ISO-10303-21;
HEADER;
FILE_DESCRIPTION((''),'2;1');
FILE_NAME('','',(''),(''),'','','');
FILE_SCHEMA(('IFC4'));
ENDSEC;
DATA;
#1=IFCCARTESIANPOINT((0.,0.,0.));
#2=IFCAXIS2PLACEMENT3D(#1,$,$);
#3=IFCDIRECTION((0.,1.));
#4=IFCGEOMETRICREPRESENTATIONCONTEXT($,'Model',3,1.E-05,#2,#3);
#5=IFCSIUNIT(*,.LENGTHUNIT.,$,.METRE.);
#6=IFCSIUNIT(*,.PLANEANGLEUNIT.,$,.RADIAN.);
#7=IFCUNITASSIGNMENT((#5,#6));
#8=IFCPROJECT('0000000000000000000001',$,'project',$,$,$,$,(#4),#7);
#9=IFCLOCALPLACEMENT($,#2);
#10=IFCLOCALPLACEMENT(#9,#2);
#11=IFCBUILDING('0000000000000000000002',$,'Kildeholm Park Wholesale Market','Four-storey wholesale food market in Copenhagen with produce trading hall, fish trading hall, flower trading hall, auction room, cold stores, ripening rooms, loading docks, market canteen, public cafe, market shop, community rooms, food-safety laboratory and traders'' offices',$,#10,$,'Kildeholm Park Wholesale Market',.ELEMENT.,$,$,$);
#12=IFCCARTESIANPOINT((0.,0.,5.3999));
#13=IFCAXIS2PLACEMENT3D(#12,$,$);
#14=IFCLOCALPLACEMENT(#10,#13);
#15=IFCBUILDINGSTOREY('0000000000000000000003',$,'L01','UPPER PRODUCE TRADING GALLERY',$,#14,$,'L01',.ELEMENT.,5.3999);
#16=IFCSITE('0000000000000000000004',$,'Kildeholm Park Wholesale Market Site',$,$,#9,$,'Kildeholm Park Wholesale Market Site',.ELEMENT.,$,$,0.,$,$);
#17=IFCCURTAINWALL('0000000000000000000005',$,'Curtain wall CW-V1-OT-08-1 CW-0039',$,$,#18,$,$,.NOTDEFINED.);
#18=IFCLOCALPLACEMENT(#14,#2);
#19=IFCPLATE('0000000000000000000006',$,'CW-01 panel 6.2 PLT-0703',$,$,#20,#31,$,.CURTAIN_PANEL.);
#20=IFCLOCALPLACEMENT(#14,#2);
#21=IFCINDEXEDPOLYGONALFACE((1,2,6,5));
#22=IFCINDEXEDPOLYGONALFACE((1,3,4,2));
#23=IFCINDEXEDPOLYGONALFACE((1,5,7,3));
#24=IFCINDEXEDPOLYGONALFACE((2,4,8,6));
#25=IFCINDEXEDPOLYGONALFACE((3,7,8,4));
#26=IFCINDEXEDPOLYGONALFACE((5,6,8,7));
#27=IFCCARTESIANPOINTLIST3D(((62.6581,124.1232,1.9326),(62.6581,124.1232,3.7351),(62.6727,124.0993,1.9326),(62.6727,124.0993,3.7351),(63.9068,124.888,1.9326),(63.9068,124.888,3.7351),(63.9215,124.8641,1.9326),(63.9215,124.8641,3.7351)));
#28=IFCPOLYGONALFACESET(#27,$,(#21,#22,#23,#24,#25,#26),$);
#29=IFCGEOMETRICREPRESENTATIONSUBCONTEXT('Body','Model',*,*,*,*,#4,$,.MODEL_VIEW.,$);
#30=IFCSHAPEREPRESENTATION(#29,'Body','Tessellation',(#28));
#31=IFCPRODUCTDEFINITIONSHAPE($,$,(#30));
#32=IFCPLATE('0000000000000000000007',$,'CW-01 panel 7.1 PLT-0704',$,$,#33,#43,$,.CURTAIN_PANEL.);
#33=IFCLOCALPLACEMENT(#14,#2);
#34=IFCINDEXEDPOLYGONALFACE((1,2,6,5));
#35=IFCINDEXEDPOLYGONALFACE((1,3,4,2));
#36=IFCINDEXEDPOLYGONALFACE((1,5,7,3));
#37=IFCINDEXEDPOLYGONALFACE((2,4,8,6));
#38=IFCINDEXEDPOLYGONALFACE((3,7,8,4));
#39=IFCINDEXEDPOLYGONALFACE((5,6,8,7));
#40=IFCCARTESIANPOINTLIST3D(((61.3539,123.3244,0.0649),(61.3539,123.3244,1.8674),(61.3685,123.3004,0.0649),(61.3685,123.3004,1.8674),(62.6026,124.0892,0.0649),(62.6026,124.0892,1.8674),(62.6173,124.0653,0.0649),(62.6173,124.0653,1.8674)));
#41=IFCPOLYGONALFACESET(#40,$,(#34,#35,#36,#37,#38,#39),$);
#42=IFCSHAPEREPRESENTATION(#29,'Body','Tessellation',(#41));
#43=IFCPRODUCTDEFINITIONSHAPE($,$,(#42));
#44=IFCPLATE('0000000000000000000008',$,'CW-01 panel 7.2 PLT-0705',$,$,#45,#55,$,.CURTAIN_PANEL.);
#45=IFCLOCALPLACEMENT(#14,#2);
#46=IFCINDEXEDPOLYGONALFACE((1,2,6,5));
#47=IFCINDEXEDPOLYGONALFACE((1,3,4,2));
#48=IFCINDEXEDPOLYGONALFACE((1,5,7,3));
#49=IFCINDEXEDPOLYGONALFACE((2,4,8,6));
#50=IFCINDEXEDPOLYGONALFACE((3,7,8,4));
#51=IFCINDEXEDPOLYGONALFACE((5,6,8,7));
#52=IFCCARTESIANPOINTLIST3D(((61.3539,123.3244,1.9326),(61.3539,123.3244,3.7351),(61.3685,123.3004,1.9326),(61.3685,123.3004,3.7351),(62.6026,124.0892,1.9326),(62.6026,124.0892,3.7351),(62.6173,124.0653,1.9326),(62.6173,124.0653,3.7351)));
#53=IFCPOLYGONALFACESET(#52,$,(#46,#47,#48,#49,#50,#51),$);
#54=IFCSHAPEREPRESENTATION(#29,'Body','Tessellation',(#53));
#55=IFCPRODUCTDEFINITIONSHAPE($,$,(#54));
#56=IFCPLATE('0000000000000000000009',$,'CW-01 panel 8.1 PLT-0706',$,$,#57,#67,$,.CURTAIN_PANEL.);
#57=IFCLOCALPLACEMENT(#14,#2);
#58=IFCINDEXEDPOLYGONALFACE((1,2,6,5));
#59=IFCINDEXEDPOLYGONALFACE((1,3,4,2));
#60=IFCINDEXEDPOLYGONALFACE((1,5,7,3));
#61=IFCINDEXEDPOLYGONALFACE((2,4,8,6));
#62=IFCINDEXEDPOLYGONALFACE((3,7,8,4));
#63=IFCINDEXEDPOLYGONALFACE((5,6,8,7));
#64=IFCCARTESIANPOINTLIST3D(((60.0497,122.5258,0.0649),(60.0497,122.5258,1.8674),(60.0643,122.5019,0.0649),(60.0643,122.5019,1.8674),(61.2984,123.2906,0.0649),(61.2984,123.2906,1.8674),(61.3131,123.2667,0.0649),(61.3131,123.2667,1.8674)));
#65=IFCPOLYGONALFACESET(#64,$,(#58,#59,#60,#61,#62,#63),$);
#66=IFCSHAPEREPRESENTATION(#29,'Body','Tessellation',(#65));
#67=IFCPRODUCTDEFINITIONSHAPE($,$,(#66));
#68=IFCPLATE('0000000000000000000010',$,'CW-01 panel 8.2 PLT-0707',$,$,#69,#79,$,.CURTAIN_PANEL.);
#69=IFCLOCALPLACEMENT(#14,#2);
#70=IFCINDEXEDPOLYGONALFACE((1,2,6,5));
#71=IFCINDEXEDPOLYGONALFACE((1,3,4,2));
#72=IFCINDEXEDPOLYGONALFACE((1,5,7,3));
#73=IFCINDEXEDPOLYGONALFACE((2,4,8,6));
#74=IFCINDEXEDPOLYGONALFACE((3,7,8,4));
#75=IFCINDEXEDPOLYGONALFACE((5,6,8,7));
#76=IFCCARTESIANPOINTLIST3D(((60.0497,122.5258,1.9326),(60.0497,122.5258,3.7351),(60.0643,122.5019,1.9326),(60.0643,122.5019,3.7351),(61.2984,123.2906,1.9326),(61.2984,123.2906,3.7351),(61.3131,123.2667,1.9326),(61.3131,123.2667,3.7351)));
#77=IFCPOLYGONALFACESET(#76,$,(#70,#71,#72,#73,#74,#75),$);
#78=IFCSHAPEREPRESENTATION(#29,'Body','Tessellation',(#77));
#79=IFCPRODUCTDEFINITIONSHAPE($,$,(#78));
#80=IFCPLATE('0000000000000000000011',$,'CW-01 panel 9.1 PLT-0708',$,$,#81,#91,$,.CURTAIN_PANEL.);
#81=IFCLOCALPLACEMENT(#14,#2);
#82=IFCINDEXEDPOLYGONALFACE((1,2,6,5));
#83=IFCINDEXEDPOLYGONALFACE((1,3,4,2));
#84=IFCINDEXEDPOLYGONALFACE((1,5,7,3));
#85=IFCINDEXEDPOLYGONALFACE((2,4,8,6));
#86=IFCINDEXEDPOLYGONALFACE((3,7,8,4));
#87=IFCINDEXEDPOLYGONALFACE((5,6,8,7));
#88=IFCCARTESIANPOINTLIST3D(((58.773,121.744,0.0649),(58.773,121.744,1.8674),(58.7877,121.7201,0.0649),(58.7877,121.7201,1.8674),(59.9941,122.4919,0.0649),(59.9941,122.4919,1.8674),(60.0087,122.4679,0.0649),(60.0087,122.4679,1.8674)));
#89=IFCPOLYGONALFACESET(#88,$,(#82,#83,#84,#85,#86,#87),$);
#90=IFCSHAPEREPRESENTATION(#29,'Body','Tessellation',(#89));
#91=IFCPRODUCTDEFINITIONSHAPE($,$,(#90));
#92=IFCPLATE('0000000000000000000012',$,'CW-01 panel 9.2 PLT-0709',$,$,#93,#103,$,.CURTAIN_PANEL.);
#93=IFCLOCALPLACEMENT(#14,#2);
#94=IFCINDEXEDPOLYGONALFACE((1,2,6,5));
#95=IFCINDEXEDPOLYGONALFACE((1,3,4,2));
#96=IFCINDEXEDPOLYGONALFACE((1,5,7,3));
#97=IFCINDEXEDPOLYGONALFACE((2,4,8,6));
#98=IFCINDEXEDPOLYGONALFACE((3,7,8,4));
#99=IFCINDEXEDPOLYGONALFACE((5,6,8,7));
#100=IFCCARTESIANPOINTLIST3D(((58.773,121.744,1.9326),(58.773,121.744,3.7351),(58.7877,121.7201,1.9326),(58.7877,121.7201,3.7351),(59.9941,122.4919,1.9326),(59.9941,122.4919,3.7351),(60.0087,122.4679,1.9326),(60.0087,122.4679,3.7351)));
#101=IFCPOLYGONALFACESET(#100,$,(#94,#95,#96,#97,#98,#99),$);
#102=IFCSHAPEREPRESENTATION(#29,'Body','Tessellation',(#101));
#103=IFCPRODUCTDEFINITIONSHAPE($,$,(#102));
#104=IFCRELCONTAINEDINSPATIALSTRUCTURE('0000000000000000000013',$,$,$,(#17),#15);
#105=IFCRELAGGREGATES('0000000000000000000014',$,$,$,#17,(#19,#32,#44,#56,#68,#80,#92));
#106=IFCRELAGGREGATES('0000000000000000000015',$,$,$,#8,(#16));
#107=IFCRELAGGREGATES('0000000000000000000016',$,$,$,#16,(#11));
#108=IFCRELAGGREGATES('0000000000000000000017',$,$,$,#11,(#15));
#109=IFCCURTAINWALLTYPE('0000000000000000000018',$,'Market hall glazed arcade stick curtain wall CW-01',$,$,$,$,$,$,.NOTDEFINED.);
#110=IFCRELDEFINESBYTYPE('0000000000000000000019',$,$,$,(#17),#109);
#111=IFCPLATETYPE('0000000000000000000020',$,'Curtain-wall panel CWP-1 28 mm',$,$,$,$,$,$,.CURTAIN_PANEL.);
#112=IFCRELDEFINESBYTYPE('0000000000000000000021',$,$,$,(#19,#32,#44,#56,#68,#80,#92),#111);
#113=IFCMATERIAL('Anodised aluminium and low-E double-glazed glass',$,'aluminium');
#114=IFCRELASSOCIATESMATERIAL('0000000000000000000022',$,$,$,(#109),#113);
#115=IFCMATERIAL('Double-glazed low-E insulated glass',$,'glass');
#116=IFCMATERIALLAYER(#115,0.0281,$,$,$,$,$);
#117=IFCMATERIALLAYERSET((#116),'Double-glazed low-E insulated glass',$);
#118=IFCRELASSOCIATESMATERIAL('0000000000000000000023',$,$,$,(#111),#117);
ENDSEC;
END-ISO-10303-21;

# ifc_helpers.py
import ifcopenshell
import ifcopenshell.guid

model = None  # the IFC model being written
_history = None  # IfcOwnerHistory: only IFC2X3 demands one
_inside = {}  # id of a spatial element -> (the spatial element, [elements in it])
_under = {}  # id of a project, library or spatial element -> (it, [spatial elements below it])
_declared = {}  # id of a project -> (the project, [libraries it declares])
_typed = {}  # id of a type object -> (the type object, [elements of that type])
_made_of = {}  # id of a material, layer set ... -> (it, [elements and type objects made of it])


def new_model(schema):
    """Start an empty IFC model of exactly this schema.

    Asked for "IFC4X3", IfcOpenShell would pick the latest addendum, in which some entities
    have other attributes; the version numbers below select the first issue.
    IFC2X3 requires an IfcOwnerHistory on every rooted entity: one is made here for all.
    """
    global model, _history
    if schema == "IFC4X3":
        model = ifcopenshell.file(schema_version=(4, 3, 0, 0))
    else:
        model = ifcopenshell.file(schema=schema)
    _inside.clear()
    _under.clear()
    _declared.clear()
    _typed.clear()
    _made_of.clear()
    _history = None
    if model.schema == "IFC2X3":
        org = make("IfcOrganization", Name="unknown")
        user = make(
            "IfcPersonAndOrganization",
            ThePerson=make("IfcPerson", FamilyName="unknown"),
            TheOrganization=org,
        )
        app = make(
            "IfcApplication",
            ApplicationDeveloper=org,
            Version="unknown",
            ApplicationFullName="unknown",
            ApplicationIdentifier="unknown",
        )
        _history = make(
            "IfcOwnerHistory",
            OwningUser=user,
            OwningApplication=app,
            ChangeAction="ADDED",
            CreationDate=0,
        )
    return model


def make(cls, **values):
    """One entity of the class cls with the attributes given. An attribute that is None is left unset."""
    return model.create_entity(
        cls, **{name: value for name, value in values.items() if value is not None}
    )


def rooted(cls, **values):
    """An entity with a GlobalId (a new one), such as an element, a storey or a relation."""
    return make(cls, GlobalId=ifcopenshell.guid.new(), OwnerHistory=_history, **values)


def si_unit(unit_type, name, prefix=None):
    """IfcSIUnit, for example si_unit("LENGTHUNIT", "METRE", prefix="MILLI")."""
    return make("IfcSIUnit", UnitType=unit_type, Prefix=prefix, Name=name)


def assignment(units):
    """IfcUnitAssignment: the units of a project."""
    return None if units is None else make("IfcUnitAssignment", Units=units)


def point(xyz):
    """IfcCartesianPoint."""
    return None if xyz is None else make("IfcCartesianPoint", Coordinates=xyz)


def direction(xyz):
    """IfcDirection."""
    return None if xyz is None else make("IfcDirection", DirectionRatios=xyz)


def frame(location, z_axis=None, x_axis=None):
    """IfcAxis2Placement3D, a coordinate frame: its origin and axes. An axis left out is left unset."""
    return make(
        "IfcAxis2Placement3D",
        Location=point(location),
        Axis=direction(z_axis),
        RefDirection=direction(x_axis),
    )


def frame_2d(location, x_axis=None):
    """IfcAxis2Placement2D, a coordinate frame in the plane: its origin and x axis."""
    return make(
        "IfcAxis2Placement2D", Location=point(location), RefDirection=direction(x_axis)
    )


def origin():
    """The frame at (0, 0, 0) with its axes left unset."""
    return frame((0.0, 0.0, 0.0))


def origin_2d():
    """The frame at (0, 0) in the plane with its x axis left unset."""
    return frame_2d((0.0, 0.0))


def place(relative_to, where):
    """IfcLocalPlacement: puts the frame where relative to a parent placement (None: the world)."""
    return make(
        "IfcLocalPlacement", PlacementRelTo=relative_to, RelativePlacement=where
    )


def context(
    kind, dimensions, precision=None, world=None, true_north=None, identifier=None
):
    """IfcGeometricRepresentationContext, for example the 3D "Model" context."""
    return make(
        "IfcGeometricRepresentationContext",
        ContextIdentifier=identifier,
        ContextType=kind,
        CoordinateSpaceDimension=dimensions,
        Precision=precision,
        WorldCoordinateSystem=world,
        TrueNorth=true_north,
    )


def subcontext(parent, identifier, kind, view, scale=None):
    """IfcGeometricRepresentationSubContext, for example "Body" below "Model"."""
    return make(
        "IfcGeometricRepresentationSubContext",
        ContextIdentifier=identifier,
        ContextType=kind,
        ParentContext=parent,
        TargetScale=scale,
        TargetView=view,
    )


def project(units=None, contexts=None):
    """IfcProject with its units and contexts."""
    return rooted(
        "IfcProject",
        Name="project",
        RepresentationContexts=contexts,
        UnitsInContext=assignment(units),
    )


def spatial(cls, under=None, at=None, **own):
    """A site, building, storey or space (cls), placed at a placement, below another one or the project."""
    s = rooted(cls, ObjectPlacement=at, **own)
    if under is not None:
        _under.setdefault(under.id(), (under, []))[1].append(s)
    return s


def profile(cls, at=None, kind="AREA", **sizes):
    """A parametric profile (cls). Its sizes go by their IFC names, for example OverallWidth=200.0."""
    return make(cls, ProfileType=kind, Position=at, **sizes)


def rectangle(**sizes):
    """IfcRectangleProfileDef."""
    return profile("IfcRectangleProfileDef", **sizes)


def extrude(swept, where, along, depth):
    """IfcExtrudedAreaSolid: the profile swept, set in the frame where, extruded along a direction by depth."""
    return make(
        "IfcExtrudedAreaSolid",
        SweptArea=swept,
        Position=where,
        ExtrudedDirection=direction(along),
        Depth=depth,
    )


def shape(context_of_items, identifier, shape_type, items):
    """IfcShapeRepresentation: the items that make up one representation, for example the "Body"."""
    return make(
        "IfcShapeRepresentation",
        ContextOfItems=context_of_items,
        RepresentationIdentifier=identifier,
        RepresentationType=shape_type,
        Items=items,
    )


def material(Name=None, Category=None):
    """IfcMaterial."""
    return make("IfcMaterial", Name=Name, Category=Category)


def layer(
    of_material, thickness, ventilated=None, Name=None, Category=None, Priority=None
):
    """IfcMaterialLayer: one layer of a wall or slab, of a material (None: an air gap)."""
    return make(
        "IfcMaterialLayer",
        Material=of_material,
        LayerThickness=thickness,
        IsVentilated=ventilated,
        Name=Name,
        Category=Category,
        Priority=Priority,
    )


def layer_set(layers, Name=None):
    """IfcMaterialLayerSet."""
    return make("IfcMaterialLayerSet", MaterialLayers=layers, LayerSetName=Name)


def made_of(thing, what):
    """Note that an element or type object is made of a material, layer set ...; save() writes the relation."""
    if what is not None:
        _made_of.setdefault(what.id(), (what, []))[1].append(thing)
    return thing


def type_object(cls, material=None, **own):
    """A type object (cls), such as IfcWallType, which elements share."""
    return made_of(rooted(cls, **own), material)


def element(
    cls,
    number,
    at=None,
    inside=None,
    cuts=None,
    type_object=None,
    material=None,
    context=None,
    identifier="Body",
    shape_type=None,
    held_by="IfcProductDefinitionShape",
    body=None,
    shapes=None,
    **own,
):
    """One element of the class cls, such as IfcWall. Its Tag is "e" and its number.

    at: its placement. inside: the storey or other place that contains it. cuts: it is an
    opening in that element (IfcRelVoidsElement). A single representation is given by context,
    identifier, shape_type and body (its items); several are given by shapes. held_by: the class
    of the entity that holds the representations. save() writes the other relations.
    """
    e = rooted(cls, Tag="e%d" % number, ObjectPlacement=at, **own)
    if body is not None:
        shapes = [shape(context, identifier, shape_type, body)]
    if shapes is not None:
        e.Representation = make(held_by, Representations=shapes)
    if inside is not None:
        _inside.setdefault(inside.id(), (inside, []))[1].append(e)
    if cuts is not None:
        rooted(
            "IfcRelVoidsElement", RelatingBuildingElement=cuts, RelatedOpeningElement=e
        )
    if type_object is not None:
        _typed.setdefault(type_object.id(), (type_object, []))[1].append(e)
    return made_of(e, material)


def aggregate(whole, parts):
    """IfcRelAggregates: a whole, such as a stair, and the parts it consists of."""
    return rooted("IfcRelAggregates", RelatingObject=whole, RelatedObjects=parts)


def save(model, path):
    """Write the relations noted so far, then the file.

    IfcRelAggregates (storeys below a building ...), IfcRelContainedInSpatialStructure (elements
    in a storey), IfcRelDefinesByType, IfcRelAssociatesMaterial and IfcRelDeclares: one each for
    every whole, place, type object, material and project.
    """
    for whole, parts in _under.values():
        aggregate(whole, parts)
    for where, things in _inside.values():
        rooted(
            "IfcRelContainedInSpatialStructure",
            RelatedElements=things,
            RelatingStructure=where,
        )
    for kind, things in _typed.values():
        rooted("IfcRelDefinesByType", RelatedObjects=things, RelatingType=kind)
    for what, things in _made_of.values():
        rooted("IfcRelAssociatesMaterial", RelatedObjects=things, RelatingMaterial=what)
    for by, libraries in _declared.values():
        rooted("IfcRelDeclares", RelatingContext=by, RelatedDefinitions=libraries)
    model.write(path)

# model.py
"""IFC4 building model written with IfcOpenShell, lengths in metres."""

from ifc_helpers import new_model, si_unit, direction, frame, origin, origin_2d, place, context, subcontext, project, spatial, rectangle, extrude, material, layer, layer_set, type_object, element, aggregate, save


model = new_model("IFC4")

# Units and contexts
model_context = context("Model", 3, precision=1e-05, world=origin(), true_north=direction((0.0, 1.0)))
body_context = subcontext(model_context, "Body", "Model", "MODEL_VIEW")
ifc_project = project(units=[si_unit("LENGTHUNIT", "METRE"), si_unit("PLANEANGLEUNIT", "RADIAN")], contexts=[model_context])

# Site, building, storey
site_placement = place(None, origin())
site = spatial("IfcSite", under=ifc_project, at=site_placement, Name="Kildeholm Park Wholesale Market Site", LongName="Kildeholm Park Wholesale Market Site", CompositionType="ELEMENT", RefElevation=0.0)
building_placement = place(site_placement, origin())
building = spatial("IfcBuilding", under=site, at=building_placement, Name="Kildeholm Park Wholesale Market", Description="Four-storey wholesale food market in Copenhagen with produce trading hall, fish trading hall, flower trading hall, auction room, cold stores, ripening rooms, loading docks, market canteen, public cafe, market shop, community rooms, food-safety laboratory and traders' offices", LongName="Kildeholm Park Wholesale Market", CompositionType="ELEMENT")
storey_placement = place(building_placement, frame((0.0, 0.0, 5.3999)))
storey = spatial("IfcBuildingStorey", under=building, at=storey_placement, Name="L01", Description="UPPER PRODUCE TRADING GALLERY", LongName="L01", CompositionType="ELEMENT", Elevation=5.3999)

# Curtain wall
ifc_material_1 = material(Name="Anodised aluminium and low-E double-glazed glass", Category="aluminium")
curtain_wall_type = type_object("IfcCurtainWallType", Name="Market hall glazed arcade stick curtain wall CW-01", PredefinedType="NOTDEFINED", material=ifc_material_1)
curtain_wall_1_placement = place(storey_placement, origin())
curtain_wall_1 = element("IfcCurtainWall", 1, at=curtain_wall_1_placement, inside=storey, type_object=curtain_wall_type, Name="Curtain wall CW-V1-OT-08-1 CW-0039", PredefinedType="NOTDEFINED")

# Plates
ifc_material_2 = material(Name="Double-glazed low-E insulated glass", Category="glass")
ifc_layer = layer(ifc_material_2, 0.0281)
ifc_layer_set = layer_set([ifc_layer], Name="Double-glazed low-E insulated glass")
plate_type = type_object("IfcPlateType", Name="Curtain-wall panel CWP-1 28 mm", PredefinedType="CURTAIN_PANEL", material=ifc_layer_set)
plate_1_placement = place(storey_placement, frame((63.2898, 124.4937, 1.9326), z_axis=(0.0, 0.0, 1.0), x_axis=(-0.852771, -0.522284, 0.0)))
plate_1 = element("IfcPlate", 2, at=plate_1_placement, type_object=plate_type, Name="CW-01 panel 6.2 PLT-0703", PredefinedType="CURTAIN_PANEL", context=body_context, shape_type="SweptSolid", body=[
    extrude(rectangle(XDim=1.4644, YDim=0.0281, at=origin_2d()), origin(), (0.0, 0.0, 1.0), 1.8025),
])
plate_2_placement = place(storey_placement, frame((61.9856, 123.6948, 0.0649), z_axis=(0.0, 0.0, 1.0), x_axis=(-0.852771, -0.522284, 0.0)))
plate_2 = element("IfcPlate", 3, at=plate_2_placement, type_object=plate_type, Name="CW-01 panel 7.1 PLT-0704", PredefinedType="CURTAIN_PANEL", context=body_context, shape_type="SweptSolid", body=[
    extrude(rectangle(XDim=1.4644, YDim=0.0281, at=origin_2d()), origin(), (0.0, 0.0, 1.0), 1.8025),
])
plate_3_placement = place(storey_placement, frame((61.9856, 123.6948, 1.9326), z_axis=(0.0, 0.0, 1.0), x_axis=(-0.852771, -0.522284, 0.0)))
plate_3 = element("IfcPlate", 4, at=plate_3_placement, type_object=plate_type, Name="CW-01 panel 7.2 PLT-0705", PredefinedType="CURTAIN_PANEL", context=body_context, shape_type="SweptSolid", body=[
    extrude(rectangle(XDim=1.4644, YDim=0.0281, at=origin_2d()), origin(), (0.0, 0.0, 1.0), 1.8025),
])
plate_4_placement = place(storey_placement, frame((60.6814, 122.8962, 0.0649), z_axis=(0.0, 0.0, 1.0), x_axis=(-0.852771, -0.522284, 0.0)))
plate_4 = element("IfcPlate", 5, at=plate_4_placement, type_object=plate_type, Name="CW-01 panel 8.1 PLT-0706", PredefinedType="CURTAIN_PANEL", context=body_context, shape_type="SweptSolid", body=[
    extrude(rectangle(XDim=1.4644, YDim=0.0281, at=origin_2d()), origin(), (0.0, 0.0, 1.0), 1.8025),
])
plate_5_placement = place(storey_placement, frame((60.6814, 122.8962, 1.9326), z_axis=(0.0, 0.0, 1.0), x_axis=(-0.852771, -0.522284, 0.0)))
plate_5 = element("IfcPlate", 6, at=plate_5_placement, type_object=plate_type, Name="CW-01 panel 8.2 PLT-0707", PredefinedType="CURTAIN_PANEL", context=body_context, shape_type="SweptSolid", body=[
    extrude(rectangle(XDim=1.4644, YDim=0.0281, at=origin_2d()), origin(), (0.0, 0.0, 1.0), 1.8025),
])
plate_6_placement = place(storey_placement, frame((59.3909, 122.106, 0.0649), z_axis=(0.0, 0.0, 1.0), x_axis=(-0.852771, -0.522284, 0.0)))
plate_6 = element("IfcPlate", 7, at=plate_6_placement, type_object=plate_type, Name="CW-01 panel 9.1 PLT-0708", PredefinedType="CURTAIN_PANEL", context=body_context, shape_type="SweptSolid", body=[
    extrude(rectangle(XDim=1.4319, YDim=0.0281, at=origin_2d()), origin(), (0.0, 0.0, 1.0), 1.8025),
])
plate_7_placement = place(storey_placement, frame((59.3909, 122.106, 1.9326), z_axis=(0.0, 0.0, 1.0), x_axis=(-0.852771, -0.522284, 0.0)))
plate_7 = element("IfcPlate", 8, at=plate_7_placement, type_object=plate_type, Name="CW-01 panel 9.2 PLT-0709", PredefinedType="CURTAIN_PANEL", context=body_context, shape_type="SweptSolid", body=[
    extrude(rectangle(XDim=1.4319, YDim=0.0281, at=origin_2d()), origin(), (0.0, 0.0, 1.0), 1.8025),
])
aggregate(curtain_wall_1, [plate_1, plate_2, plate_3, plate_4, plate_5, plate_6, plate_7])

save(model, "model.ifc")
